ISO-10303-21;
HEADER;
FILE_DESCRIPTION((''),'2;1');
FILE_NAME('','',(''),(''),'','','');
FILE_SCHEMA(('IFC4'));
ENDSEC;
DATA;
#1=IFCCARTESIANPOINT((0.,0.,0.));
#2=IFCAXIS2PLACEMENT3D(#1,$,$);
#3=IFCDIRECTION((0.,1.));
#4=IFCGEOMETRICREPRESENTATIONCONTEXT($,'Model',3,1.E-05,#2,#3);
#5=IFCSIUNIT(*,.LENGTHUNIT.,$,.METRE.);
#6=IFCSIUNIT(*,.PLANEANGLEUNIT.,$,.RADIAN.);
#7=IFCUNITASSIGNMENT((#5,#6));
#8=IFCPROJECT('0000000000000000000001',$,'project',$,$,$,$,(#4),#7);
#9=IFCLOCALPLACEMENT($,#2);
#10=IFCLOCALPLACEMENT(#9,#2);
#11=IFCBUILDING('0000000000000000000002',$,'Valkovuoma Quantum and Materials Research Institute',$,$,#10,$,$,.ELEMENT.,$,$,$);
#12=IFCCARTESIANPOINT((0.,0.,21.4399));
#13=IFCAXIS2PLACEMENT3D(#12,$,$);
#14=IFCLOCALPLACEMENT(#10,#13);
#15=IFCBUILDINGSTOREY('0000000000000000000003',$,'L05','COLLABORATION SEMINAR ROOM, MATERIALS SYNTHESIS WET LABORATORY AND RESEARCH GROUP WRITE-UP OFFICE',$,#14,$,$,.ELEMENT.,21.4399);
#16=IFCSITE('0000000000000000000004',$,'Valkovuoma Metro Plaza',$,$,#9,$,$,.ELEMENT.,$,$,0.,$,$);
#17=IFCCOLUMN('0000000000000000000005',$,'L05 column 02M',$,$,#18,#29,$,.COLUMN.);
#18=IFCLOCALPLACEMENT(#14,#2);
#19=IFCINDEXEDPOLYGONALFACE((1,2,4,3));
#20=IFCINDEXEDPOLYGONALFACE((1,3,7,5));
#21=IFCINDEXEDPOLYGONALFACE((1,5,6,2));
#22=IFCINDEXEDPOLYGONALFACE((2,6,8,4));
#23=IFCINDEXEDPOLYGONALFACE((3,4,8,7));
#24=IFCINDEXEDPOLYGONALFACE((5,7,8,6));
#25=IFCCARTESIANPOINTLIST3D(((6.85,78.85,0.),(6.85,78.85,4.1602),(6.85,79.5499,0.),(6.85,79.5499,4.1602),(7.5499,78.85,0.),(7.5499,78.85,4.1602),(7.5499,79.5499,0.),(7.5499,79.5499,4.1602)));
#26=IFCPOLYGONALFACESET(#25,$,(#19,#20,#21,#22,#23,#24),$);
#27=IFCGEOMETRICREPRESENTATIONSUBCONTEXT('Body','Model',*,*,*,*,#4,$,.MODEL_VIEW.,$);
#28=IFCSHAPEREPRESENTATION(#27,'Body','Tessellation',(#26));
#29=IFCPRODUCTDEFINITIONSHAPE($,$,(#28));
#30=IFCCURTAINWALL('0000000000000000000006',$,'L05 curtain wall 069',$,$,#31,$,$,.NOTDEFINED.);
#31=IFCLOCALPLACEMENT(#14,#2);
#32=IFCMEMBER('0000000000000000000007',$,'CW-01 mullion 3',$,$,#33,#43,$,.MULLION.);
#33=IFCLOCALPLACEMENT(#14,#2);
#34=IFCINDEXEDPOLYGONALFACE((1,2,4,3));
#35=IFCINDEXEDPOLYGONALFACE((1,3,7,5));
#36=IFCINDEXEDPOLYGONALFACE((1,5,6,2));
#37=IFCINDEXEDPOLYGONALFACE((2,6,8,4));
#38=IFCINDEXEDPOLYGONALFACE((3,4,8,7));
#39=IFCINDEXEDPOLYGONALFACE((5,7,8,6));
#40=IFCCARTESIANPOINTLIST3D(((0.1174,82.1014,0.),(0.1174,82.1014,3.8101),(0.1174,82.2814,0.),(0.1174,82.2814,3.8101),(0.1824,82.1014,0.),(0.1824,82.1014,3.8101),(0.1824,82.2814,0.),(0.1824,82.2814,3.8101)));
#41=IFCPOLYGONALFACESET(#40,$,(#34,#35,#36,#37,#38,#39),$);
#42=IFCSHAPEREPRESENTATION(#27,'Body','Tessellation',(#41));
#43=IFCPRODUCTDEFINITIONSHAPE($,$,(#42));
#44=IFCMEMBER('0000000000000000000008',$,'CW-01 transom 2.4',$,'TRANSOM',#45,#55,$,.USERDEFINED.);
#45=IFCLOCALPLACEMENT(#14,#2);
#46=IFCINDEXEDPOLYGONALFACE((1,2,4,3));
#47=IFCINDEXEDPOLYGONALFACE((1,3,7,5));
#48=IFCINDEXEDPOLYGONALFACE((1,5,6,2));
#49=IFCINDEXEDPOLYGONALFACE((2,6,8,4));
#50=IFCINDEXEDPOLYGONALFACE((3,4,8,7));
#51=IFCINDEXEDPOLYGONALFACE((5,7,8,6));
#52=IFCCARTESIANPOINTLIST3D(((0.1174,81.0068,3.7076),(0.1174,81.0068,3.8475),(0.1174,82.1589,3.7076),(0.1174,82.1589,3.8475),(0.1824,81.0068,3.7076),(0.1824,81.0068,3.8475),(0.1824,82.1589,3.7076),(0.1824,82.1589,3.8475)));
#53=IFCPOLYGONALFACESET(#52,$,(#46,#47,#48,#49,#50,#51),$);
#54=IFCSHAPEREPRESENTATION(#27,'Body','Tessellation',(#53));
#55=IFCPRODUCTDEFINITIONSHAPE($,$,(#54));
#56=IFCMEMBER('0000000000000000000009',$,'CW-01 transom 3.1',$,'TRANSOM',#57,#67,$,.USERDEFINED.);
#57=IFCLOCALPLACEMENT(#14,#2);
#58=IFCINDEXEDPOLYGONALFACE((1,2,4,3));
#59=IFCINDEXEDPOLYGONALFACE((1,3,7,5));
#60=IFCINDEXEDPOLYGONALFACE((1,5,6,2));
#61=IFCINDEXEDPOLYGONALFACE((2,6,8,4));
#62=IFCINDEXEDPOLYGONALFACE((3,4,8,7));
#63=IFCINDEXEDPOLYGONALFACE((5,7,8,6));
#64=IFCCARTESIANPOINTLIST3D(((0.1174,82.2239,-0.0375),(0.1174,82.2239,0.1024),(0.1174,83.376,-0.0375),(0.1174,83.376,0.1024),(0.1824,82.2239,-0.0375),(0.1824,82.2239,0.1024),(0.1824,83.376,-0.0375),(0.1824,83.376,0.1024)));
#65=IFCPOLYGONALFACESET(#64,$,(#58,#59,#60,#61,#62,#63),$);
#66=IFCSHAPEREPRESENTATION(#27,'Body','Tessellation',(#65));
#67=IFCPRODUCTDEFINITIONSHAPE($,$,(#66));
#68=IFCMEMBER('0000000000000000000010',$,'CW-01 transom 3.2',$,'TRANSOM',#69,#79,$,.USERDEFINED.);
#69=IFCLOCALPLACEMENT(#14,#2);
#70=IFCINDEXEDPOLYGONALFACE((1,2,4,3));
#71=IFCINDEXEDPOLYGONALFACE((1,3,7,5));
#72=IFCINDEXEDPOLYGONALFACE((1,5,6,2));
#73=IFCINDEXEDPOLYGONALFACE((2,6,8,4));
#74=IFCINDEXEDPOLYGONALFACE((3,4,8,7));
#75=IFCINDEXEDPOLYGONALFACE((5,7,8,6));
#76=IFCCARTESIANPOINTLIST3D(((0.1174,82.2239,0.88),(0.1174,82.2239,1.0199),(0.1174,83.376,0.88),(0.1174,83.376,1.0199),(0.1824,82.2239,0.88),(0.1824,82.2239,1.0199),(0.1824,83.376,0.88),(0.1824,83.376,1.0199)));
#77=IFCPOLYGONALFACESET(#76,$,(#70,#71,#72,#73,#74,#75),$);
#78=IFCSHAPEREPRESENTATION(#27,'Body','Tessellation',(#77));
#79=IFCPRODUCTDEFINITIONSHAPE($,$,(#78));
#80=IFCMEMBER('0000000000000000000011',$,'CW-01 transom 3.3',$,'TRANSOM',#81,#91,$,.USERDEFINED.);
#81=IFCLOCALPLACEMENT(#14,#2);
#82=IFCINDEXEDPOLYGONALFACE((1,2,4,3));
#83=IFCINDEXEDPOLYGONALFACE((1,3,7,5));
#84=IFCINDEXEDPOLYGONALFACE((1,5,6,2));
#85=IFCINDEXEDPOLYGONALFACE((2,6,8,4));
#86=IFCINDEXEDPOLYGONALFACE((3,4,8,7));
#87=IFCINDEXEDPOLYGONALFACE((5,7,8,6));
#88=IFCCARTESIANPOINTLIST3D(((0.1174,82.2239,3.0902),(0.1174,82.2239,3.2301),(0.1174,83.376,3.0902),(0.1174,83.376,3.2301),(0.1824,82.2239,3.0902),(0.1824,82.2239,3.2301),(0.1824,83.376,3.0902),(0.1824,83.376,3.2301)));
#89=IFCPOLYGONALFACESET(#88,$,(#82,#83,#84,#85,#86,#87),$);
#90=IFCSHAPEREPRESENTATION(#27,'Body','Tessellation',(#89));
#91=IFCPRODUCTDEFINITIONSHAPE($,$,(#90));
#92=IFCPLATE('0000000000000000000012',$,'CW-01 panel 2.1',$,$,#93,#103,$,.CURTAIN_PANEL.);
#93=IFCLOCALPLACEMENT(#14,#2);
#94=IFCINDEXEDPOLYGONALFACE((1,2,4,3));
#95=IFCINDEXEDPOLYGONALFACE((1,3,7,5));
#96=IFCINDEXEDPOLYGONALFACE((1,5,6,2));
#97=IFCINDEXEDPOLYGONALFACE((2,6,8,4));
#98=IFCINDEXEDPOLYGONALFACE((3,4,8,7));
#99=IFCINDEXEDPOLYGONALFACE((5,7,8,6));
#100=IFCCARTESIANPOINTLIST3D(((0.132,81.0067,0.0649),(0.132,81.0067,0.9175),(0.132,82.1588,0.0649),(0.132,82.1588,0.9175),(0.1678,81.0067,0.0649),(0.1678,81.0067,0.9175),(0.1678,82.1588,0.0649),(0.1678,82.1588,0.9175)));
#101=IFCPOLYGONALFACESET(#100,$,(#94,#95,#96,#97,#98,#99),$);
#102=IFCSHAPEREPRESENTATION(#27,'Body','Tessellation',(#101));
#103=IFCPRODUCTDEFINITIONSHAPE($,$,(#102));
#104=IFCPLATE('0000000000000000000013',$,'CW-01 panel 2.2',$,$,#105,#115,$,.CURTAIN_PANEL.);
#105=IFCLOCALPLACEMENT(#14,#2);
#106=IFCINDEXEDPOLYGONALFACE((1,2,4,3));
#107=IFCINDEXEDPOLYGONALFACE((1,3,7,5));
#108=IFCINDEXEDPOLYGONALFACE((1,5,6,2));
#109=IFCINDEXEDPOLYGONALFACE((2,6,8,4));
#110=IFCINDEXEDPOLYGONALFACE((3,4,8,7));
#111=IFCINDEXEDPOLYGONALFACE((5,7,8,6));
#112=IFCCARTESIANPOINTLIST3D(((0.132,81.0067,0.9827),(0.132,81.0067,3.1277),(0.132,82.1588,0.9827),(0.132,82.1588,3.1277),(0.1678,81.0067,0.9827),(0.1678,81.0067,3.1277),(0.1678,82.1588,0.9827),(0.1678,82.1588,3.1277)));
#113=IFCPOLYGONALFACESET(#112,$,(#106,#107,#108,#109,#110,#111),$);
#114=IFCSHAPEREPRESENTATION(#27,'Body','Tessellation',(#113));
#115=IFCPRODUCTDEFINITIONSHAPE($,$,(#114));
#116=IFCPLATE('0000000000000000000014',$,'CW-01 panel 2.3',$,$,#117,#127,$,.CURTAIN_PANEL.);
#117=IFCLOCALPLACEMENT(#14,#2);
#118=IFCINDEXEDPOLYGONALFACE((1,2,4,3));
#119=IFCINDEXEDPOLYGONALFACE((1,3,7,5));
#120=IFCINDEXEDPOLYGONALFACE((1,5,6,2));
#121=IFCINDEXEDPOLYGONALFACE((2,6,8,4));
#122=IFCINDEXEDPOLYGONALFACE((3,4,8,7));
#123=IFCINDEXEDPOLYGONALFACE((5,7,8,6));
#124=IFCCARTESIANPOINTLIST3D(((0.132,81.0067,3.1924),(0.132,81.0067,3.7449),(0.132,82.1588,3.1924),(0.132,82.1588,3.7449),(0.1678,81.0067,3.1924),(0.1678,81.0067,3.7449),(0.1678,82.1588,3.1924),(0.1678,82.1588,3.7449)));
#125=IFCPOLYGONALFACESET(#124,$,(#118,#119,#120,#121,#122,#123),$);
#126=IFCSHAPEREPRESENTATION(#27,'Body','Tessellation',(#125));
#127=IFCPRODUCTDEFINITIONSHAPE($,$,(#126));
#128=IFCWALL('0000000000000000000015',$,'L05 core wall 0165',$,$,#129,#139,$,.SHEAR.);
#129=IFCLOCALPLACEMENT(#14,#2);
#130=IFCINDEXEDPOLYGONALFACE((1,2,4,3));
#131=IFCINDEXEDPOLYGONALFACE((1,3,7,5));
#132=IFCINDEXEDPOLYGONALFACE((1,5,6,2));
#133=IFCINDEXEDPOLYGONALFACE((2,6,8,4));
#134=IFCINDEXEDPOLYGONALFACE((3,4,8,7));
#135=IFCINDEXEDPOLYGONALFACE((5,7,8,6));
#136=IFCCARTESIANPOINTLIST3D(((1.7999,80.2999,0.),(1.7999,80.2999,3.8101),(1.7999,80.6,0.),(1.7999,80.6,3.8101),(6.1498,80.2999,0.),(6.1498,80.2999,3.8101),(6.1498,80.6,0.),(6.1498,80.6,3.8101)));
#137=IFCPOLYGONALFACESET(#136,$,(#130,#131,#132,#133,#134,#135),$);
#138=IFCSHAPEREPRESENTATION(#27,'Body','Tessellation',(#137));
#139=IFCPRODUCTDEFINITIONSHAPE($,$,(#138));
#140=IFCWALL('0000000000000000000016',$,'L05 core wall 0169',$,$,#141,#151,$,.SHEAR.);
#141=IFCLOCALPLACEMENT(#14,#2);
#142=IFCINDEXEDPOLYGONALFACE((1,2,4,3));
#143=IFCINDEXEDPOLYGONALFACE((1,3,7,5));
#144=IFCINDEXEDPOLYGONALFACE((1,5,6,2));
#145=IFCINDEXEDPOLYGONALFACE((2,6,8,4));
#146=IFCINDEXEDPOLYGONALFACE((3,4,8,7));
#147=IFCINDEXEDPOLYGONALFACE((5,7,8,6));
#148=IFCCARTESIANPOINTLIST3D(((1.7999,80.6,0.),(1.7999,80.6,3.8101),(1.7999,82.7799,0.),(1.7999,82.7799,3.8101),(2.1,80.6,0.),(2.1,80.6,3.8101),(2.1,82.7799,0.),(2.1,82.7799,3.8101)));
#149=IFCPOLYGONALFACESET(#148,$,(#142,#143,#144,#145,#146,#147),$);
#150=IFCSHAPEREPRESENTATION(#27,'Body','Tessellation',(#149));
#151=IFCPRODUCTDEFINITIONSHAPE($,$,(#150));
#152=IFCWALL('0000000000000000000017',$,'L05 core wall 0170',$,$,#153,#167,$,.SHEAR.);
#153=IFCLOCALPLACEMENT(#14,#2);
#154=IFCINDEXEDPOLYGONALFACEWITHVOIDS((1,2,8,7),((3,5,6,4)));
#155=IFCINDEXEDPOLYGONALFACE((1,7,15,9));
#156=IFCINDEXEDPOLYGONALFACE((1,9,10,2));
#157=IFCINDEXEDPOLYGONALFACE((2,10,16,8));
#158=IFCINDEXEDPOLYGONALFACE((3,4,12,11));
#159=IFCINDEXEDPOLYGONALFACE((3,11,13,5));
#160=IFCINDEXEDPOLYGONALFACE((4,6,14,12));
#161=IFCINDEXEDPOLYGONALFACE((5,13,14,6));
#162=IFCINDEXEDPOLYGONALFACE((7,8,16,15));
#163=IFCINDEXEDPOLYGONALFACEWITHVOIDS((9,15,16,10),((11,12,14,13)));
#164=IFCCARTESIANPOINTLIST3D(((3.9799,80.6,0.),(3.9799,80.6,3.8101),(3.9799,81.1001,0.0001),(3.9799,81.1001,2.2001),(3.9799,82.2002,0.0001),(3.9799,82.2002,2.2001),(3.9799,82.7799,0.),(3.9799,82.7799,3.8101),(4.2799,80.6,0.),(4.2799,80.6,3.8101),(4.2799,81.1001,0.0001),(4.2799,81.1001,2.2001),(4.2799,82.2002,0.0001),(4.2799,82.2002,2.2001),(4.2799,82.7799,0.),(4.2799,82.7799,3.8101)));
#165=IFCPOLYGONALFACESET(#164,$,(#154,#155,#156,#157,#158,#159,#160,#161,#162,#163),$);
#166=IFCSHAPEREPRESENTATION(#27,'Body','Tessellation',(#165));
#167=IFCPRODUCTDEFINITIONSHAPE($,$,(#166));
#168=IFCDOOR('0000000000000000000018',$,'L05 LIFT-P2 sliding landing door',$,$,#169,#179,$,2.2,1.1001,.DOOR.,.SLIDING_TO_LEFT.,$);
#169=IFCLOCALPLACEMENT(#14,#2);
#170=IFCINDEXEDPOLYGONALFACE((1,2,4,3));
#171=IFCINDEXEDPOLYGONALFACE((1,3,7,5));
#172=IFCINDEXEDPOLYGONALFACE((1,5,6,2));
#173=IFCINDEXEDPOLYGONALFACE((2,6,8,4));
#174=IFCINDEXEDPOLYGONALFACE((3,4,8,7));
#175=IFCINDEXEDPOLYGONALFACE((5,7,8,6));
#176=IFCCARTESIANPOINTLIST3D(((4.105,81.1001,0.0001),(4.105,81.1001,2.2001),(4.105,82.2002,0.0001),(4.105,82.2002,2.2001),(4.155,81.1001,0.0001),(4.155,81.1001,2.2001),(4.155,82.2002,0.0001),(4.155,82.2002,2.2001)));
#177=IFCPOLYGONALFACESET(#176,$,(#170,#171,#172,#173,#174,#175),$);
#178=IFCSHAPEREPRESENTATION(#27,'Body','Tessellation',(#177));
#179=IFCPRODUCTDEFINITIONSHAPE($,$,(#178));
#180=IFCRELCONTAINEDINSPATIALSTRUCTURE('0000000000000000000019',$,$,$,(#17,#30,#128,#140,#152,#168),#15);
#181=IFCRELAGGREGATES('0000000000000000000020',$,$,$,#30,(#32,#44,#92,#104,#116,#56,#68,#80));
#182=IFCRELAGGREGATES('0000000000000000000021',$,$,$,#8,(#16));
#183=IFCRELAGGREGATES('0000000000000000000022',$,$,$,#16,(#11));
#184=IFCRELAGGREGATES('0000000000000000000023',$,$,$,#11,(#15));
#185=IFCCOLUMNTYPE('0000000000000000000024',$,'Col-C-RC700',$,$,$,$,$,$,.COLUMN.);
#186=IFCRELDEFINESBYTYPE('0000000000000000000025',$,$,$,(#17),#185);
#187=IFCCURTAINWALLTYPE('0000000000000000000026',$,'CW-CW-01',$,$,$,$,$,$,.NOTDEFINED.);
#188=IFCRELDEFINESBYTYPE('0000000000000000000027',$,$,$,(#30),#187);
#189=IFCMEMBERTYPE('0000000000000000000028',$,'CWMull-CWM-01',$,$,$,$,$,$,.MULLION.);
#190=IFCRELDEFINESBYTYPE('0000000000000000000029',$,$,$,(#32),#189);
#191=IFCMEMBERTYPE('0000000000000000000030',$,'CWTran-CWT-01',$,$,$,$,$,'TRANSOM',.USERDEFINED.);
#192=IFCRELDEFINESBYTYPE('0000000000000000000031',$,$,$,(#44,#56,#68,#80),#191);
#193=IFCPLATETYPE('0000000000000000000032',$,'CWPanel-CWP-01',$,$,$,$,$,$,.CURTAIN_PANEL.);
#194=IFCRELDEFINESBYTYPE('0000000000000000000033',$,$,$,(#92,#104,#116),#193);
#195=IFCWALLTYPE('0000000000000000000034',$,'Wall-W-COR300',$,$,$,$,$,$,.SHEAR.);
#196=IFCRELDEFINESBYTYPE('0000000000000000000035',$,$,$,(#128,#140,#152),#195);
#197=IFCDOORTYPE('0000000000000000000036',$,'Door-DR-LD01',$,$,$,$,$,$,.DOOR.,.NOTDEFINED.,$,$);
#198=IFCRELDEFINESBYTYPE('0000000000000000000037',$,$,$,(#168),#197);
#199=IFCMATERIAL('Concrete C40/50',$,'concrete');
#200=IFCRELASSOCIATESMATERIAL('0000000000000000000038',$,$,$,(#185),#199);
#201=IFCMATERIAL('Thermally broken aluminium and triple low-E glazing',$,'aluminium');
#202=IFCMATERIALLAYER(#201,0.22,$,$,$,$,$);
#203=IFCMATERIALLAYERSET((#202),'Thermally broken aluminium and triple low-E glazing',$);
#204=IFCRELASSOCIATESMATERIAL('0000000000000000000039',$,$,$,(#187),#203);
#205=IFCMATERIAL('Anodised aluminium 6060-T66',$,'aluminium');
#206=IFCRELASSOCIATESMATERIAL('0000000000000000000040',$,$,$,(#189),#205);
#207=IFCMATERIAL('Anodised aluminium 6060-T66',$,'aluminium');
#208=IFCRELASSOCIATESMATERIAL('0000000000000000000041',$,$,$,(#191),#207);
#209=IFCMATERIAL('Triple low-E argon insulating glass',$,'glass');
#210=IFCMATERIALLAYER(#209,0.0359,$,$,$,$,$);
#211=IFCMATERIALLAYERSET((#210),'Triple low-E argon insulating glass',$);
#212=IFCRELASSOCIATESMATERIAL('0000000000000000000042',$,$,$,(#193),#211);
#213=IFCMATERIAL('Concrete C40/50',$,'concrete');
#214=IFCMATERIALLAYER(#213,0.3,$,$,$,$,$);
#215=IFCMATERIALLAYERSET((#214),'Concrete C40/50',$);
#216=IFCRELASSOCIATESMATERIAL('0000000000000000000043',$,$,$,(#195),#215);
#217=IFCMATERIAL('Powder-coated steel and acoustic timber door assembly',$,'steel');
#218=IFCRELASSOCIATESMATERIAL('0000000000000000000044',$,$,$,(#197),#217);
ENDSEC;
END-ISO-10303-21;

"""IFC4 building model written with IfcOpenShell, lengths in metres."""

from ifc_helpers import new_model, si_unit, direction, frame, frame_2d, origin, origin_2d, place, context, subcontext, project, spatial, rectangle, extrude, material, layer, layer_set, material_profile, profile_set, type_object, element, fill, aggregate, save


model = new_model("IFC4")

# Units and contexts
model_context = context("Model", 3, precision=1e-05, world=origin(), true_north=direction((0.0, 1.0)))
body_context = subcontext(model_context, "Body", "Model", "MODEL_VIEW")
ifc_project = project(units=[si_unit("LENGTHUNIT", "METRE"), si_unit("PLANEANGLEUNIT", "RADIAN")], contexts=[model_context])

# Site, building, storey
site_placement = place(None, origin())
site = spatial("IfcSite", under=ifc_project, at=site_placement, Name="Valkovuoma Metro Plaza", CompositionType="ELEMENT", RefElevation=0.0)
building_placement = place(site_placement, origin())
building = spatial("IfcBuilding", under=site, at=building_placement, Name="Valkovuoma Quantum and Materials Research Institute", CompositionType="ELEMENT")
storey_placement = place(building_placement, frame((0.0, 0.0, 21.4399)))
storey = spatial("IfcBuildingStorey", under=building, at=storey_placement, Name="L05", Description="COLLABORATION SEMINAR ROOM, MATERIALS SYNTHESIS WET LABORATORY AND RESEARCH GROUP WRITE-UP OFFICE", CompositionType="ELEMENT", Elevation=21.4399)

# Column
ifc_material_1 = material(Name="Concrete C40/50", Category="concrete")
ifc_material_profile_1 = material_profile(ifc_material_1, rectangle(XDim=0.7, YDim=0.7, at=origin_2d()), Name="Concrete C40/50")
ifc_profile_set_1 = profile_set([ifc_material_profile_1], Name="Concrete C40/50")
column_type = type_object("IfcColumnType", Name="Col-C-RC700", PredefinedType="COLUMN", material=ifc_profile_set_1)
column_placement = place(storey_placement, frame((7.2, 79.2, 0.0), z_axis=(0.0, 0.0, 1.0), x_axis=(1.0, 0.0, 0.0)))
element("IfcColumn", 1, at=column_placement, inside=storey, type_object=column_type, Name="L05 column 02M", PredefinedType="COLUMN", context=body_context, shape_type="SweptSolid", body=[
    extrude(rectangle(XDim=0.7, YDim=0.7, at=origin_2d()), origin(), (0.0, 0.0, 1.0), 4.1602),
])

# Curtain wall, members, plates
ifc_material_2 = material(Name="Thermally broken aluminium and triple low-E glazing", Category="aluminium")
ifc_layer_1 = layer(ifc_material_2, 0.22)
ifc_layer_set_1 = layer_set([ifc_layer_1], Name="Thermally broken aluminium and triple low-E glazing")
curtain_wall_type = type_object("IfcCurtainWallType", Name="CW-CW-01", PredefinedType="NOTDEFINED", material=ifc_layer_set_1)
curtain_wall_placement = place(storey_placement, origin())
curtain_wall = element("IfcCurtainWall", 2, at=curtain_wall_placement, inside=storey, type_object=curtain_wall_type, Name="L05 curtain wall 069", PredefinedType="NOTDEFINED")
ifc_material_3 = material(Name="Anodised aluminium 6060-T66", Category="aluminium")
ifc_material_profile_2 = material_profile(ifc_material_3, rectangle(XDim=0.0649, YDim=0.1799, at=origin_2d()), Name="Anodised aluminium 6060-T66")
ifc_profile_set_2 = profile_set([ifc_material_profile_2], Name="Anodised aluminium 6060-T66")
member_type_1 = type_object("IfcMemberType", Name="CWMull-CWM-01", PredefinedType="MULLION", material=ifc_profile_set_2)
member_1_placement = place(storey_placement, frame((0.1499, 82.1914, 0.0), z_axis=(0.0, 0.0, 1.0), x_axis=(-1.0, 0.0, 0.0)))
member_1 = element("IfcMember", 3, at=member_1_placement, type_object=member_type_1, Name="CW-01 mullion 3", PredefinedType="MULLION", context=body_context, shape_type="SweptSolid", body=[
    extrude(rectangle(XDim=0.0649, YDim=0.1799, at=origin_2d()), origin(), (0.0, 0.0, 1.0), 3.8101),
])
ifc_material_4 = material(Name="Anodised aluminium 6060-T66", Category="aluminium")
ifc_material_profile_3 = material_profile(ifc_material_4, rectangle(XDim=0.0649, YDim=0.1399, at=origin_2d()), Name="Anodised aluminium 6060-T66")
ifc_profile_set_3 = profile_set([ifc_material_profile_3], Name="Anodised aluminium 6060-T66")
member_type_2 = type_object("IfcMemberType", Name="CWTran-CWT-01", ElementType="TRANSOM", PredefinedType="USERDEFINED", material=ifc_profile_set_3)
member_2_placement = place(storey_placement, frame((0.1499, 81.0068, 3.7776), z_axis=(0.0, 1.0, 0.0), x_axis=(-1.0, 0.0, 0.0)))
member_2 = element("IfcMember", 4, at=member_2_placement, type_object=member_type_2, Name="CW-01 transom 2.4", ObjectType="TRANSOM", PredefinedType="USERDEFINED", context=body_context, shape_type="SweptSolid", body=[
    extrude(rectangle(XDim=0.0649, YDim=0.1399, at=origin_2d()), origin(), (0.0, 0.0, 1.0), 1.1521),
])
member_3_placement = place(storey_placement, frame((0.1499, 82.2239, 0.0325), z_axis=(0.0, 1.0, 0.0), x_axis=(-1.0, 0.0, 0.0)))
member_3 = element("IfcMember", 5, at=member_3_placement, type_object=member_type_2, Name="CW-01 transom 3.1", ObjectType="TRANSOM", PredefinedType="USERDEFINED", context=body_context, shape_type="SweptSolid", body=[
    extrude(rectangle(XDim=0.0649, YDim=0.1399, at=origin_2d()), origin(), (0.0, 0.0, 1.0), 1.1521),
])
member_4_placement = place(storey_placement, frame((0.1499, 82.2239, 0.95), z_axis=(0.0, 1.0, 0.0), x_axis=(-1.0, 0.0, 0.0)))
member_4 = element("IfcMember", 6, at=member_4_placement, type_object=member_type_2, Name="CW-01 transom 3.2", ObjectType="TRANSOM", PredefinedType="USERDEFINED", context=body_context, shape_type="SweptSolid", body=[
    extrude(rectangle(XDim=0.0649, YDim=0.1399, at=origin_2d()), origin(), (0.0, 0.0, 1.0), 1.1521),
])
member_5_placement = place(storey_placement, frame((0.1499, 82.2239, 3.1602), z_axis=(0.0, 1.0, 0.0), x_axis=(-1.0, 0.0, 0.0)))
member_5 = element("IfcMember", 7, at=member_5_placement, type_object=member_type_2, Name="CW-01 transom 3.3", ObjectType="TRANSOM", PredefinedType="USERDEFINED", context=body_context, shape_type="SweptSolid", body=[
    extrude(rectangle(XDim=0.0649, YDim=0.1399, at=origin_2d()), origin(), (0.0, 0.0, 1.0), 1.1521),
])
ifc_material_5 = material(Name="Triple low-E argon insulating glass", Category="glass")
ifc_layer_2 = layer(ifc_material_5, 0.0359)
ifc_layer_set_2 = layer_set([ifc_layer_2], Name="Triple low-E argon insulating glass")
plate_type = type_object("IfcPlateType", Name="CWPanel-CWP-01", PredefinedType="CURTAIN_PANEL", material=ifc_layer_set_2)
plate_1_placement = place(storey_placement, frame((0.1499, 81.5828, 0.0649), z_axis=(0.0, 0.0, 1.0), x_axis=(0.0, 1.0, 0.0)))
plate_1 = element("IfcPlate", 8, at=plate_1_placement, type_object=plate_type, Name="CW-01 panel 2.1", PredefinedType="CURTAIN_PANEL", context=body_context, shape_type="SweptSolid", body=[
    extrude(rectangle(XDim=1.1521, YDim=0.0359, at=origin_2d()), origin(), (0.0, 0.0, 1.0), 0.8525),
])
plate_2_placement = place(storey_placement, frame((0.1499, 81.5828, 0.9827), z_axis=(0.0, 0.0, 1.0), x_axis=(0.0, 1.0, 0.0)))
plate_2 = element("IfcPlate", 9, at=plate_2_placement, type_object=plate_type, Name="CW-01 panel 2.2", PredefinedType="CURTAIN_PANEL", context=body_context, shape_type="SweptSolid", body=[
    extrude(rectangle(XDim=1.1521, YDim=0.0359, at=origin_2d()), origin(), (0.0, 0.0, 1.0), 2.145),
])
plate_3_placement = place(storey_placement, frame((0.1499, 81.5828, 3.1924), z_axis=(0.0, 0.0, 1.0), x_axis=(0.0, 1.0, 0.0)))
plate_3 = element("IfcPlate", 10, at=plate_3_placement, type_object=plate_type, Name="CW-01 panel 2.3", PredefinedType="CURTAIN_PANEL", context=body_context, shape_type="SweptSolid", body=[
    extrude(rectangle(XDim=1.1521, YDim=0.0359, at=origin_2d()), origin(), (0.0, 0.0, 1.0), 0.5525),
])
aggregate(curtain_wall, [member_1, member_2, plate_1, plate_2, plate_3, member_3, member_4, member_5])

# Walls
ifc_material_6 = material(Name="Concrete C40/50", Category="concrete")
ifc_layer_3 = layer(ifc_material_6, 0.3)
ifc_layer_set_3 = layer_set([ifc_layer_3], Name="Concrete C40/50")
wall_type_1 = type_object("IfcWallType", Name="Wall-W-COR300", PredefinedType="SHEAR", material=ifc_layer_set_3)
wall_1_placement = place(storey_placement, frame((1.8, 80.45, 0.0), z_axis=(0.0, 0.0, 1.0), x_axis=(1.0, 0.0, 0.0)))
element("IfcWall", 11, at=wall_1_placement, inside=storey, type_object=wall_type_1, Name="L05 core wall 0165", PredefinedType="SHEAR", context=body_context, shape_type="SweptSolid", body=[
    extrude(rectangle(XDim=4.3499, YDim=0.3, at=frame_2d((2.1748, 0.0))), origin(), (0.0, 0.0, 1.0), 3.8101),
])
wall_2_placement = place(storey_placement, frame((1.95, 80.6001, 0.0), z_axis=(0.0, 0.0, 1.0), x_axis=(0.0, 1.0, 0.0)))
element("IfcWall", 12, at=wall_2_placement, inside=storey, type_object=wall_type_1, Name="L05 core wall 0169", PredefinedType="SHEAR", context=body_context, shape_type="SweptSolid", body=[
    extrude(rectangle(XDim=2.1799, YDim=0.3, at=frame_2d((1.0898, 0.0))), origin(), (0.0, 0.0, 1.0), 3.8101),
])

# Wall, opening, door
wall_3_placement = place(storey_placement, frame((4.1299, 80.6001, 0.0), z_axis=(0.0, 0.0, 1.0), x_axis=(0.0, 1.0, 0.0)))
wall_3 = element("IfcWall", 13, at=wall_3_placement, inside=storey, type_object=wall_type_1, Name="L05 core wall 0170", PredefinedType="SHEAR", context=body_context, shape_type="SweptSolid", body=[
    extrude(rectangle(XDim=2.1799, YDim=0.3, at=frame_2d((1.0898, 0.0))), origin(), (0.0, 0.0, 1.0), 3.8101),
])
opening_1_placement = place(wall_3_placement, frame((0.5, 0.0, 0.0)))
opening_1 = element("IfcOpeningElement", 14, at=opening_1_placement, cuts=wall_3, PredefinedType="OPENING", context=body_context, shape_type="SweptSolid", body=[
    extrude(rectangle(XDim=1.1001, YDim=2.2, at=frame_2d((0.55, 1.1001))), frame((0.0, 0.1602, 0.0), z_axis=(0.0, -1.0, 0.0), x_axis=(1.0, 0.0, 0.0)), (0.0, 0.0, 1.0), 0.3201),
])
ifc_material_7 = material(Name="Powder-coated steel and acoustic timber door assembly", Category="steel")
door_type_1 = type_object("IfcDoorType", Name="Door-DR-LD01", OperationType="NOTDEFINED", PredefinedType="DOOR", material=ifc_material_7)
door_1_placement = place(opening_1_placement, origin())
door_1 = element("IfcDoor", 15, at=door_1_placement, inside=storey, type_object=door_type_1, Name="L05 LIFT-P2 sliding landing door", OperationType="SLIDING_TO_LEFT", OverallHeight=2.2, OverallWidth=1.1001, PredefinedType="DOOR", context=body_context, shape_type="SweptSolid", body=[
    extrude(rectangle(XDim=1.1001, YDim=2.2, at=frame_2d((0.55, 1.1001))), frame((0.0, 0.0249, 0.0), z_axis=(0.0, -1.0, 0.0), x_axis=(1.0, 0.0, 0.0)), (0.0, 0.0, 1.0), 0.05),
])
fill(opening_1, door_1)

save(model, "model.ifc")
